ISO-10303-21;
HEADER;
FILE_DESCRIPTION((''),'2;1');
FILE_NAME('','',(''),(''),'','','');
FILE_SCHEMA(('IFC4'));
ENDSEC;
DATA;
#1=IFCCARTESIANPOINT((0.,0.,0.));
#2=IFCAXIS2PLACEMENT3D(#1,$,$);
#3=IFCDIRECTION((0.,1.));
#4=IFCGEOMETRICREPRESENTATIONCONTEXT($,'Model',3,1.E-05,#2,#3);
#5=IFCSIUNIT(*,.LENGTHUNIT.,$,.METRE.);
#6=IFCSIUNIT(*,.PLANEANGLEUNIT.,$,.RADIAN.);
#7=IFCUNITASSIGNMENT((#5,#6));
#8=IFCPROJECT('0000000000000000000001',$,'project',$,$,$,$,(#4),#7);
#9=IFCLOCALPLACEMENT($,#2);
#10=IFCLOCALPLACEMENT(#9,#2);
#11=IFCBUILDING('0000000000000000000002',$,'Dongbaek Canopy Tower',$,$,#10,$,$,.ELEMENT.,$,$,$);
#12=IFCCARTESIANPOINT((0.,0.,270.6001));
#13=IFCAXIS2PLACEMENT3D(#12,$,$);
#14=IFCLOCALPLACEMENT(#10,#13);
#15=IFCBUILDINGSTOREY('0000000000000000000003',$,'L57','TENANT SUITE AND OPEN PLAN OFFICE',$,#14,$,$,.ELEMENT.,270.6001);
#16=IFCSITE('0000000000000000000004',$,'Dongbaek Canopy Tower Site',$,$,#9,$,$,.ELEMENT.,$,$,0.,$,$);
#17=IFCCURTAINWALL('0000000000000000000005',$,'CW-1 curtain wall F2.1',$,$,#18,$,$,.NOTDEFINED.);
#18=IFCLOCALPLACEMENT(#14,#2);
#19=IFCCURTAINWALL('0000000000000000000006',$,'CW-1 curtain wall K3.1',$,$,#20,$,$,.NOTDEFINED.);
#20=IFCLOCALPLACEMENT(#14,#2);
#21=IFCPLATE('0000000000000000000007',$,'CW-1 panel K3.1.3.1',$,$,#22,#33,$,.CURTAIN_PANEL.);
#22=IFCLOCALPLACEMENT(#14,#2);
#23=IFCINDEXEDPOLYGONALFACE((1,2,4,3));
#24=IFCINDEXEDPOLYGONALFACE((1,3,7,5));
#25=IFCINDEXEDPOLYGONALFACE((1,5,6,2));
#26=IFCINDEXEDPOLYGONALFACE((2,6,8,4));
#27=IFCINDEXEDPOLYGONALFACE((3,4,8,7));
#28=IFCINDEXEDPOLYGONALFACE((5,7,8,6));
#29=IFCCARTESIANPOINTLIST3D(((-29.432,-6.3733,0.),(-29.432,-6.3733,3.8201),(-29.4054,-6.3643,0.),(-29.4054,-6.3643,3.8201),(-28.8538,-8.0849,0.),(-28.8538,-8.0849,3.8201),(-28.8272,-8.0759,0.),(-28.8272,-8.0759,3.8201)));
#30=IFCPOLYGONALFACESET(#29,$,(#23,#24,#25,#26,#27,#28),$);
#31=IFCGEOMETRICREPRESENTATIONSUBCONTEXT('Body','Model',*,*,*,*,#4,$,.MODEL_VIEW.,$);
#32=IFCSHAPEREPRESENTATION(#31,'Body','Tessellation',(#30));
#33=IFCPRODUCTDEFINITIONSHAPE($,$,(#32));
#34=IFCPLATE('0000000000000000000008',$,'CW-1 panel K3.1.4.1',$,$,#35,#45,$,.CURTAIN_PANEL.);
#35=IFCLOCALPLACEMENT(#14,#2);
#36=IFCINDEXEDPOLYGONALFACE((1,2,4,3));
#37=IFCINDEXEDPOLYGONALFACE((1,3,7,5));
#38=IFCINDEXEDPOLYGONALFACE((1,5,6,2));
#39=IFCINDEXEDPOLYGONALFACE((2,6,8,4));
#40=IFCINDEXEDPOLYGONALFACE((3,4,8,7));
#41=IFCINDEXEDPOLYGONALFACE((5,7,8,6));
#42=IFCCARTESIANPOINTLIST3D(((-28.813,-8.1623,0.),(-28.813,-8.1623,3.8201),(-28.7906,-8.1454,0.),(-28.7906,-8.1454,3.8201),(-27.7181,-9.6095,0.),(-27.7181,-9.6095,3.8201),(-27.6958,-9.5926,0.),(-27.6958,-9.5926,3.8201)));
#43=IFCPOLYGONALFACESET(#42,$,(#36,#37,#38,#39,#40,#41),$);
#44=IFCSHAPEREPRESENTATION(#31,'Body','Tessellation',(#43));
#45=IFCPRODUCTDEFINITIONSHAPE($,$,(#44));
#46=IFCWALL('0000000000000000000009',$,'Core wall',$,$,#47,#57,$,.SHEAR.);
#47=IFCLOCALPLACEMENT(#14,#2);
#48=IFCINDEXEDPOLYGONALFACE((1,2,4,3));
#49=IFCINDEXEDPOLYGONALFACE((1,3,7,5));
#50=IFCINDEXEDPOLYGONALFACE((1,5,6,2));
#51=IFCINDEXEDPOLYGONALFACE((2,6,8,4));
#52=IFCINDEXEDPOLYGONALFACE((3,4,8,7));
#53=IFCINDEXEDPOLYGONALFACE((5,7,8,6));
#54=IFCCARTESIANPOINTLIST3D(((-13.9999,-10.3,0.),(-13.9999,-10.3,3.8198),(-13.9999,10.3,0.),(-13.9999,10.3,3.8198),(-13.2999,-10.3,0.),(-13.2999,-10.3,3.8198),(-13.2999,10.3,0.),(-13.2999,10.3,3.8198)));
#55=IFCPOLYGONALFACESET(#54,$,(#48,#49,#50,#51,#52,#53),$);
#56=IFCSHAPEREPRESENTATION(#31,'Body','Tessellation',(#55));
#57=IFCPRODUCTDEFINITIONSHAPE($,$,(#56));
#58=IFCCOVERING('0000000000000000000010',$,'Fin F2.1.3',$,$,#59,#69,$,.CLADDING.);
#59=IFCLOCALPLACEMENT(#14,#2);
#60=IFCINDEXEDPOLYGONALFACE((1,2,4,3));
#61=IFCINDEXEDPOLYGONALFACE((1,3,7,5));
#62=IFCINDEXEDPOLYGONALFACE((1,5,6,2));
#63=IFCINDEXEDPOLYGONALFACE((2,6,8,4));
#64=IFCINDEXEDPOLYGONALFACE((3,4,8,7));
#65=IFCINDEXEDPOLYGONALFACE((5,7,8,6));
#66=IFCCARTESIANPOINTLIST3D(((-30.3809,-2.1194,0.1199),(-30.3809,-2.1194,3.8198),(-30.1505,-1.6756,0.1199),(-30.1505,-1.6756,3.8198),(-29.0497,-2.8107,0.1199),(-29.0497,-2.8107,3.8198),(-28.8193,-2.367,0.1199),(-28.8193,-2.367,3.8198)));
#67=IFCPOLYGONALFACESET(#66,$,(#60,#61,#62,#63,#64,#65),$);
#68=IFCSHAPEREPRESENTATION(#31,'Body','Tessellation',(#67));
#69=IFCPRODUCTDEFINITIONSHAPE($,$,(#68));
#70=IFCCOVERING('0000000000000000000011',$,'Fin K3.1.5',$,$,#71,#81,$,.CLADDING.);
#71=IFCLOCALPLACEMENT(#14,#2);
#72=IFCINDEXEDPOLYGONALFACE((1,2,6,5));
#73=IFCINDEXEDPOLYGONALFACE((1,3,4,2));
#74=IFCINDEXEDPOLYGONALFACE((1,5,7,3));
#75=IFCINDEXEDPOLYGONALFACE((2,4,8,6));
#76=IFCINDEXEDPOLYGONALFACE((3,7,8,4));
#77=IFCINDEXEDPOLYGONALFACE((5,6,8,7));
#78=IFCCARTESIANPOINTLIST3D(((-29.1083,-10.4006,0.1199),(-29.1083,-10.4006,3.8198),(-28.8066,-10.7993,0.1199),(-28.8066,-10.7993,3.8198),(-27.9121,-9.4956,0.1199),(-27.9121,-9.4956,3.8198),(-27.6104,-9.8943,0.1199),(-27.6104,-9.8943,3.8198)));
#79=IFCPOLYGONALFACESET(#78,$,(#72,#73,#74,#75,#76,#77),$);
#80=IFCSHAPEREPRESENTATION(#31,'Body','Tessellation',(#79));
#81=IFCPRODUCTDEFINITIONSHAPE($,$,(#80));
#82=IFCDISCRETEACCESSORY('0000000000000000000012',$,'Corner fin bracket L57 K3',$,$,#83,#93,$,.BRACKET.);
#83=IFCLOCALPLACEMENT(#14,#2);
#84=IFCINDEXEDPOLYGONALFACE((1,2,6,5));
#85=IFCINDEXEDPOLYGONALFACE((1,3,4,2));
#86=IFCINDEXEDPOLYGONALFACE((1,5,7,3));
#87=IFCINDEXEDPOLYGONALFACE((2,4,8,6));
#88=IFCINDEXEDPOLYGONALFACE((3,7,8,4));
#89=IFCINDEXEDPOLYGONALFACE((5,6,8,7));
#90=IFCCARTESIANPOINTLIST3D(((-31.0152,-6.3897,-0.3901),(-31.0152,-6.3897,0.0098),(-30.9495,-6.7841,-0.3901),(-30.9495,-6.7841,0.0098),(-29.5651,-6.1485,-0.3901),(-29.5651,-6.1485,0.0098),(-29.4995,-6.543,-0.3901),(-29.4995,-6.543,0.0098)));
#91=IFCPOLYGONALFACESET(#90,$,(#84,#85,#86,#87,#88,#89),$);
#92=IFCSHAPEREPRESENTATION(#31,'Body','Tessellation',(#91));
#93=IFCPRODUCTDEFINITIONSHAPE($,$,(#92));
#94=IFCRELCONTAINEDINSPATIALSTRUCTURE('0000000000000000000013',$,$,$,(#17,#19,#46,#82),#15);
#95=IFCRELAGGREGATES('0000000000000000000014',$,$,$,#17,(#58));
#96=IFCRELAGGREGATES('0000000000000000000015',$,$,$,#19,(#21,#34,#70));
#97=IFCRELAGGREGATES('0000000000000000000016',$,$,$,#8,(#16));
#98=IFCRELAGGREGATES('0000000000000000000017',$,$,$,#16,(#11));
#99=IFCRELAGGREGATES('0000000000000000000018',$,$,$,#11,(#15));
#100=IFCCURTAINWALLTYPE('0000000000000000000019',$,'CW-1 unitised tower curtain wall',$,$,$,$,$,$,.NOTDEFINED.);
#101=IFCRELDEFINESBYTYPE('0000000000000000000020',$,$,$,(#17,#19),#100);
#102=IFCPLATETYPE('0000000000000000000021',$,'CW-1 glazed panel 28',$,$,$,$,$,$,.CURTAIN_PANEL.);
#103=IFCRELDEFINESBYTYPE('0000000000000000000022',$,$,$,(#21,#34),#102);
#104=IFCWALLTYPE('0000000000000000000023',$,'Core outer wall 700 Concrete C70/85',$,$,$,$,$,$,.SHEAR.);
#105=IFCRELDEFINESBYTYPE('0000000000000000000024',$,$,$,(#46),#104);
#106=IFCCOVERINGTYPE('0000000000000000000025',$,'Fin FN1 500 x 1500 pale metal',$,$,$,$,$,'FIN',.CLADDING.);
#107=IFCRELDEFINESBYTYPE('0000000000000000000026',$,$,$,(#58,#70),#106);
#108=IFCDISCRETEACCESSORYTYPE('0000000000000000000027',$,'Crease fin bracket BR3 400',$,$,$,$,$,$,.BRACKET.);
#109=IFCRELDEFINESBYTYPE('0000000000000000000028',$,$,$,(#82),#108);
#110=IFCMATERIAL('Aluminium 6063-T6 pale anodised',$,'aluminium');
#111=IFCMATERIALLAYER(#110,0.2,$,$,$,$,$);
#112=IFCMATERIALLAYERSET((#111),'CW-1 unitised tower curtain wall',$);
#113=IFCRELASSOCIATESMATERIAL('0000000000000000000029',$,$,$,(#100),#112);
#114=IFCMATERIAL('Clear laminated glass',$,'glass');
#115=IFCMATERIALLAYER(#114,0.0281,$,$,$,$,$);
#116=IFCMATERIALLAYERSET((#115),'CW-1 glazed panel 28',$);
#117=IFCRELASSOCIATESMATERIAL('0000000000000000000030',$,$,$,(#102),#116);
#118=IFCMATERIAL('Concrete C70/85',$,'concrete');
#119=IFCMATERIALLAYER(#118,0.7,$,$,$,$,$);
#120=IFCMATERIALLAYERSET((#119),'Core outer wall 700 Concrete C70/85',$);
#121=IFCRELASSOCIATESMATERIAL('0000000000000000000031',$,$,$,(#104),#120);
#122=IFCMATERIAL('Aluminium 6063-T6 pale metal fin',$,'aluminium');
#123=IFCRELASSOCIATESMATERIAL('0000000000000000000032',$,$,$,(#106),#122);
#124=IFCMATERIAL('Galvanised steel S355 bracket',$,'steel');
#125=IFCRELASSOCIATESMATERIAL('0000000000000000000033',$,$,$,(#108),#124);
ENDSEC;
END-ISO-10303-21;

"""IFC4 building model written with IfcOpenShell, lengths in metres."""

from ifc_helpers import new_model, si_unit, direction, frame, frame_2d, origin, origin_2d, place, context, subcontext, project, spatial, rectangle, extrude, material, layer, layer_set, material_profile, profile_set, type_object, element, aggregate, save


model = new_model("IFC4")

# Units and contexts
model_context = context("Model", 3, precision=1e-05, world=origin(), true_north=direction((0.0, 1.0)))
body_context = subcontext(model_context, "Body", "Model", "MODEL_VIEW")
ifc_project = project(units=[si_unit("LENGTHUNIT", "METRE"), si_unit("PLANEANGLEUNIT", "RADIAN")], contexts=[model_context])

# Site, building, storey
site_placement = place(None, origin())
site = spatial("IfcSite", under=ifc_project, at=site_placement, Name="Dongbaek Canopy Tower Site", CompositionType="ELEMENT", RefElevation=0.0)
building_placement = place(site_placement, origin())
building = spatial("IfcBuilding", under=site, at=building_placement, Name="Dongbaek Canopy Tower", CompositionType="ELEMENT")
storey_placement = place(building_placement, frame((0.0, 0.0, 270.6001)))
storey = spatial("IfcBuildingStorey", under=building, at=storey_placement, Name="L57", Description="TENANT SUITE AND OPEN PLAN OFFICE", CompositionType="ELEMENT", Elevation=270.6001)

# Curtain wall
ifc_material_1 = material(Name="Aluminium 6063-T6 pale anodised", Category="aluminium")
ifc_layer_1 = layer(ifc_material_1, 0.2)
ifc_layer_set_1 = layer_set([ifc_layer_1], Name="CW-1 unitised tower curtain wall")
curtain_wall_type = type_object("IfcCurtainWallType", Name="CW-1 unitised tower curtain wall", PredefinedType="NOTDEFINED", material=ifc_layer_set_1)
curtain_wall_1_placement = place(storey_placement, origin())
curtain_wall_1 = element("IfcCurtainWall", 1, at=curtain_wall_1_placement, inside=storey, type_object=curtain_wall_type, Name="CW-1 curtain wall F2.1", PredefinedType="NOTDEFINED")

# Curtain wall
curtain_wall_2_placement = place(storey_placement, origin())
curtain_wall_2 = element("IfcCurtainWall", 2, at=curtain_wall_2_placement, inside=storey, type_object=curtain_wall_type, Name="CW-1 curtain wall K3.1", PredefinedType="NOTDEFINED")

# Plates
ifc_material_2 = material(Name="Clear laminated glass", Category="glass")
ifc_layer_2 = layer(ifc_material_2, 0.0281)
ifc_layer_set_2 = layer_set([ifc_layer_2], Name="CW-1 glazed panel 28")
plate_type = type_object("IfcPlateType", Name="CW-1 glazed panel 28", PredefinedType="CURTAIN_PANEL", material=ifc_layer_set_2)
plate_1_placement = place(storey_placement, frame((-29.1296, -7.2246, 0.0), z_axis=(0.0, 0.0, 1.0), x_axis=(0.320049, -0.947401, 0.0)))
plate_1 = element("IfcPlate", 3, at=plate_1_placement, type_object=plate_type, Name="CW-1 panel K3.1.3.1", PredefinedType="CURTAIN_PANEL", context=body_context, shape_type="SweptSolid", body=[
    extrude(rectangle(XDim=1.8066, YDim=0.0281, at=origin_2d()), origin(), (0.0, 0.0, 1.0), 3.8201),
])
plate_2_placement = place(storey_placement, frame((-28.2544, -8.8774, 0.0), z_axis=(0.0, 0.0, 1.0), x_axis=(0.603344, -0.797481, 0.0)))
plate_2 = element("IfcPlate", 4, at=plate_2_placement, type_object=plate_type, Name="CW-1 panel K3.1.4.1", PredefinedType="CURTAIN_PANEL", context=body_context, shape_type="SweptSolid", body=[
    extrude(rectangle(XDim=1.8147, YDim=0.0281, at=origin_2d()), origin(), (0.0, 0.0, 1.0), 3.8201),
])

# Wall
ifc_material_3 = material(Name="Concrete C70/85", Category="concrete")
ifc_layer_3 = layer(ifc_material_3, 0.7)
ifc_layer_set_3 = layer_set([ifc_layer_3], Name="Core outer wall 700 Concrete C70/85")
wall_type = type_object("IfcWallType", Name="Core outer wall 700 Concrete C70/85", PredefinedType="SHEAR", material=ifc_layer_set_3)
wall_placement = place(storey_placement, frame((-13.6499, -10.3, 0.0), z_axis=(0.0, 0.0, 1.0), x_axis=(0.0, 1.0, 0.0)))
element("IfcWall", 5, at=wall_placement, inside=storey, type_object=wall_type, Name="Core wall", PredefinedType="SHEAR", context=body_context, shape_type="SweptSolid", body=[
    extrude(rectangle(XDim=20.6001, YDim=0.7, at=frame_2d((10.3, 0.0))), origin(), (0.0, 0.0, 1.0), 3.8198),
])

# Coverings
ifc_material_4 = material(Name="Aluminium 6063-T6 pale metal fin", Category="aluminium")
ifc_material_profile_1 = material_profile(ifc_material_4, rectangle(XDim=1.5, YDim=0.5, at=origin_2d()), Name="Fin FN1 500 x 1500 pale metal")
ifc_profile_set_1 = profile_set([ifc_material_profile_1], Name="Aluminium 6063-T6 pale metal fin")
covering_type = type_object("IfcCoveringType", Name="Fin FN1 500 x 1500 pale metal", ElementType="FIN", PredefinedType="CLADDING", material=ifc_profile_set_1)
covering_1_placement = place(storey_placement, frame((-29.6001, -2.2432, 0.1199), z_axis=(0.0, 0.0, 1.0), x_axis=(-0.887462, 0.46088, 0.0)))
covering_1 = element("IfcCovering", 6, at=covering_1_placement, type_object=covering_type, Name="Fin F2.1.3", PredefinedType="CLADDING", context=body_context, shape_type="SweptSolid", body=[
    extrude(rectangle(XDim=1.5, YDim=0.5, at=origin_2d()), origin(), (0.0, 0.0, 1.0), 3.7),
])
aggregate(curtain_wall_1, [covering_1])
covering_2_placement = place(storey_placement, frame((-28.3594, -10.1475, 0.1199), z_axis=(0.0, 0.0, 1.0), x_axis=(-0.797481, -0.603344, 0.0)))
covering_2 = element("IfcCovering", 7, at=covering_2_placement, type_object=covering_type, Name="Fin K3.1.5", PredefinedType="CLADDING", context=body_context, shape_type="SweptSolid", body=[
    extrude(rectangle(XDim=1.5, YDim=0.5, at=origin_2d()), origin(), (0.0, 0.0, 1.0), 3.7),
])
aggregate(curtain_wall_2, [plate_1, plate_2, covering_2])

# Discrete accessory
ifc_material_5 = material(Name="Galvanised steel S355 bracket", Category="steel")
discrete_accessory_type = type_object("IfcDiscreteAccessoryType", Name="Crease fin bracket BR3 400", PredefinedType="BRACKET", material=ifc_material_5)
discrete_accessory_placement = place(storey_placement, frame((-30.2573, -6.4663, -0.3901), z_axis=(0.0, 0.0, 1.0), x_axis=(-0.986447, -0.164082, 0.0)))
element("IfcDiscreteAccessory", 8, at=discrete_accessory_placement, inside=storey, type_object=discrete_accessory_type, Name="Corner fin bracket L57 K3", PredefinedType="BRACKET", context=body_context, shape_type="SweptSolid", body=[
    extrude(rectangle(XDim=1.47, YDim=0.3999, at=origin_2d()), origin(), (0.0, 0.0, 1.0), 0.3999),
])

save(model, "model.ifc")
